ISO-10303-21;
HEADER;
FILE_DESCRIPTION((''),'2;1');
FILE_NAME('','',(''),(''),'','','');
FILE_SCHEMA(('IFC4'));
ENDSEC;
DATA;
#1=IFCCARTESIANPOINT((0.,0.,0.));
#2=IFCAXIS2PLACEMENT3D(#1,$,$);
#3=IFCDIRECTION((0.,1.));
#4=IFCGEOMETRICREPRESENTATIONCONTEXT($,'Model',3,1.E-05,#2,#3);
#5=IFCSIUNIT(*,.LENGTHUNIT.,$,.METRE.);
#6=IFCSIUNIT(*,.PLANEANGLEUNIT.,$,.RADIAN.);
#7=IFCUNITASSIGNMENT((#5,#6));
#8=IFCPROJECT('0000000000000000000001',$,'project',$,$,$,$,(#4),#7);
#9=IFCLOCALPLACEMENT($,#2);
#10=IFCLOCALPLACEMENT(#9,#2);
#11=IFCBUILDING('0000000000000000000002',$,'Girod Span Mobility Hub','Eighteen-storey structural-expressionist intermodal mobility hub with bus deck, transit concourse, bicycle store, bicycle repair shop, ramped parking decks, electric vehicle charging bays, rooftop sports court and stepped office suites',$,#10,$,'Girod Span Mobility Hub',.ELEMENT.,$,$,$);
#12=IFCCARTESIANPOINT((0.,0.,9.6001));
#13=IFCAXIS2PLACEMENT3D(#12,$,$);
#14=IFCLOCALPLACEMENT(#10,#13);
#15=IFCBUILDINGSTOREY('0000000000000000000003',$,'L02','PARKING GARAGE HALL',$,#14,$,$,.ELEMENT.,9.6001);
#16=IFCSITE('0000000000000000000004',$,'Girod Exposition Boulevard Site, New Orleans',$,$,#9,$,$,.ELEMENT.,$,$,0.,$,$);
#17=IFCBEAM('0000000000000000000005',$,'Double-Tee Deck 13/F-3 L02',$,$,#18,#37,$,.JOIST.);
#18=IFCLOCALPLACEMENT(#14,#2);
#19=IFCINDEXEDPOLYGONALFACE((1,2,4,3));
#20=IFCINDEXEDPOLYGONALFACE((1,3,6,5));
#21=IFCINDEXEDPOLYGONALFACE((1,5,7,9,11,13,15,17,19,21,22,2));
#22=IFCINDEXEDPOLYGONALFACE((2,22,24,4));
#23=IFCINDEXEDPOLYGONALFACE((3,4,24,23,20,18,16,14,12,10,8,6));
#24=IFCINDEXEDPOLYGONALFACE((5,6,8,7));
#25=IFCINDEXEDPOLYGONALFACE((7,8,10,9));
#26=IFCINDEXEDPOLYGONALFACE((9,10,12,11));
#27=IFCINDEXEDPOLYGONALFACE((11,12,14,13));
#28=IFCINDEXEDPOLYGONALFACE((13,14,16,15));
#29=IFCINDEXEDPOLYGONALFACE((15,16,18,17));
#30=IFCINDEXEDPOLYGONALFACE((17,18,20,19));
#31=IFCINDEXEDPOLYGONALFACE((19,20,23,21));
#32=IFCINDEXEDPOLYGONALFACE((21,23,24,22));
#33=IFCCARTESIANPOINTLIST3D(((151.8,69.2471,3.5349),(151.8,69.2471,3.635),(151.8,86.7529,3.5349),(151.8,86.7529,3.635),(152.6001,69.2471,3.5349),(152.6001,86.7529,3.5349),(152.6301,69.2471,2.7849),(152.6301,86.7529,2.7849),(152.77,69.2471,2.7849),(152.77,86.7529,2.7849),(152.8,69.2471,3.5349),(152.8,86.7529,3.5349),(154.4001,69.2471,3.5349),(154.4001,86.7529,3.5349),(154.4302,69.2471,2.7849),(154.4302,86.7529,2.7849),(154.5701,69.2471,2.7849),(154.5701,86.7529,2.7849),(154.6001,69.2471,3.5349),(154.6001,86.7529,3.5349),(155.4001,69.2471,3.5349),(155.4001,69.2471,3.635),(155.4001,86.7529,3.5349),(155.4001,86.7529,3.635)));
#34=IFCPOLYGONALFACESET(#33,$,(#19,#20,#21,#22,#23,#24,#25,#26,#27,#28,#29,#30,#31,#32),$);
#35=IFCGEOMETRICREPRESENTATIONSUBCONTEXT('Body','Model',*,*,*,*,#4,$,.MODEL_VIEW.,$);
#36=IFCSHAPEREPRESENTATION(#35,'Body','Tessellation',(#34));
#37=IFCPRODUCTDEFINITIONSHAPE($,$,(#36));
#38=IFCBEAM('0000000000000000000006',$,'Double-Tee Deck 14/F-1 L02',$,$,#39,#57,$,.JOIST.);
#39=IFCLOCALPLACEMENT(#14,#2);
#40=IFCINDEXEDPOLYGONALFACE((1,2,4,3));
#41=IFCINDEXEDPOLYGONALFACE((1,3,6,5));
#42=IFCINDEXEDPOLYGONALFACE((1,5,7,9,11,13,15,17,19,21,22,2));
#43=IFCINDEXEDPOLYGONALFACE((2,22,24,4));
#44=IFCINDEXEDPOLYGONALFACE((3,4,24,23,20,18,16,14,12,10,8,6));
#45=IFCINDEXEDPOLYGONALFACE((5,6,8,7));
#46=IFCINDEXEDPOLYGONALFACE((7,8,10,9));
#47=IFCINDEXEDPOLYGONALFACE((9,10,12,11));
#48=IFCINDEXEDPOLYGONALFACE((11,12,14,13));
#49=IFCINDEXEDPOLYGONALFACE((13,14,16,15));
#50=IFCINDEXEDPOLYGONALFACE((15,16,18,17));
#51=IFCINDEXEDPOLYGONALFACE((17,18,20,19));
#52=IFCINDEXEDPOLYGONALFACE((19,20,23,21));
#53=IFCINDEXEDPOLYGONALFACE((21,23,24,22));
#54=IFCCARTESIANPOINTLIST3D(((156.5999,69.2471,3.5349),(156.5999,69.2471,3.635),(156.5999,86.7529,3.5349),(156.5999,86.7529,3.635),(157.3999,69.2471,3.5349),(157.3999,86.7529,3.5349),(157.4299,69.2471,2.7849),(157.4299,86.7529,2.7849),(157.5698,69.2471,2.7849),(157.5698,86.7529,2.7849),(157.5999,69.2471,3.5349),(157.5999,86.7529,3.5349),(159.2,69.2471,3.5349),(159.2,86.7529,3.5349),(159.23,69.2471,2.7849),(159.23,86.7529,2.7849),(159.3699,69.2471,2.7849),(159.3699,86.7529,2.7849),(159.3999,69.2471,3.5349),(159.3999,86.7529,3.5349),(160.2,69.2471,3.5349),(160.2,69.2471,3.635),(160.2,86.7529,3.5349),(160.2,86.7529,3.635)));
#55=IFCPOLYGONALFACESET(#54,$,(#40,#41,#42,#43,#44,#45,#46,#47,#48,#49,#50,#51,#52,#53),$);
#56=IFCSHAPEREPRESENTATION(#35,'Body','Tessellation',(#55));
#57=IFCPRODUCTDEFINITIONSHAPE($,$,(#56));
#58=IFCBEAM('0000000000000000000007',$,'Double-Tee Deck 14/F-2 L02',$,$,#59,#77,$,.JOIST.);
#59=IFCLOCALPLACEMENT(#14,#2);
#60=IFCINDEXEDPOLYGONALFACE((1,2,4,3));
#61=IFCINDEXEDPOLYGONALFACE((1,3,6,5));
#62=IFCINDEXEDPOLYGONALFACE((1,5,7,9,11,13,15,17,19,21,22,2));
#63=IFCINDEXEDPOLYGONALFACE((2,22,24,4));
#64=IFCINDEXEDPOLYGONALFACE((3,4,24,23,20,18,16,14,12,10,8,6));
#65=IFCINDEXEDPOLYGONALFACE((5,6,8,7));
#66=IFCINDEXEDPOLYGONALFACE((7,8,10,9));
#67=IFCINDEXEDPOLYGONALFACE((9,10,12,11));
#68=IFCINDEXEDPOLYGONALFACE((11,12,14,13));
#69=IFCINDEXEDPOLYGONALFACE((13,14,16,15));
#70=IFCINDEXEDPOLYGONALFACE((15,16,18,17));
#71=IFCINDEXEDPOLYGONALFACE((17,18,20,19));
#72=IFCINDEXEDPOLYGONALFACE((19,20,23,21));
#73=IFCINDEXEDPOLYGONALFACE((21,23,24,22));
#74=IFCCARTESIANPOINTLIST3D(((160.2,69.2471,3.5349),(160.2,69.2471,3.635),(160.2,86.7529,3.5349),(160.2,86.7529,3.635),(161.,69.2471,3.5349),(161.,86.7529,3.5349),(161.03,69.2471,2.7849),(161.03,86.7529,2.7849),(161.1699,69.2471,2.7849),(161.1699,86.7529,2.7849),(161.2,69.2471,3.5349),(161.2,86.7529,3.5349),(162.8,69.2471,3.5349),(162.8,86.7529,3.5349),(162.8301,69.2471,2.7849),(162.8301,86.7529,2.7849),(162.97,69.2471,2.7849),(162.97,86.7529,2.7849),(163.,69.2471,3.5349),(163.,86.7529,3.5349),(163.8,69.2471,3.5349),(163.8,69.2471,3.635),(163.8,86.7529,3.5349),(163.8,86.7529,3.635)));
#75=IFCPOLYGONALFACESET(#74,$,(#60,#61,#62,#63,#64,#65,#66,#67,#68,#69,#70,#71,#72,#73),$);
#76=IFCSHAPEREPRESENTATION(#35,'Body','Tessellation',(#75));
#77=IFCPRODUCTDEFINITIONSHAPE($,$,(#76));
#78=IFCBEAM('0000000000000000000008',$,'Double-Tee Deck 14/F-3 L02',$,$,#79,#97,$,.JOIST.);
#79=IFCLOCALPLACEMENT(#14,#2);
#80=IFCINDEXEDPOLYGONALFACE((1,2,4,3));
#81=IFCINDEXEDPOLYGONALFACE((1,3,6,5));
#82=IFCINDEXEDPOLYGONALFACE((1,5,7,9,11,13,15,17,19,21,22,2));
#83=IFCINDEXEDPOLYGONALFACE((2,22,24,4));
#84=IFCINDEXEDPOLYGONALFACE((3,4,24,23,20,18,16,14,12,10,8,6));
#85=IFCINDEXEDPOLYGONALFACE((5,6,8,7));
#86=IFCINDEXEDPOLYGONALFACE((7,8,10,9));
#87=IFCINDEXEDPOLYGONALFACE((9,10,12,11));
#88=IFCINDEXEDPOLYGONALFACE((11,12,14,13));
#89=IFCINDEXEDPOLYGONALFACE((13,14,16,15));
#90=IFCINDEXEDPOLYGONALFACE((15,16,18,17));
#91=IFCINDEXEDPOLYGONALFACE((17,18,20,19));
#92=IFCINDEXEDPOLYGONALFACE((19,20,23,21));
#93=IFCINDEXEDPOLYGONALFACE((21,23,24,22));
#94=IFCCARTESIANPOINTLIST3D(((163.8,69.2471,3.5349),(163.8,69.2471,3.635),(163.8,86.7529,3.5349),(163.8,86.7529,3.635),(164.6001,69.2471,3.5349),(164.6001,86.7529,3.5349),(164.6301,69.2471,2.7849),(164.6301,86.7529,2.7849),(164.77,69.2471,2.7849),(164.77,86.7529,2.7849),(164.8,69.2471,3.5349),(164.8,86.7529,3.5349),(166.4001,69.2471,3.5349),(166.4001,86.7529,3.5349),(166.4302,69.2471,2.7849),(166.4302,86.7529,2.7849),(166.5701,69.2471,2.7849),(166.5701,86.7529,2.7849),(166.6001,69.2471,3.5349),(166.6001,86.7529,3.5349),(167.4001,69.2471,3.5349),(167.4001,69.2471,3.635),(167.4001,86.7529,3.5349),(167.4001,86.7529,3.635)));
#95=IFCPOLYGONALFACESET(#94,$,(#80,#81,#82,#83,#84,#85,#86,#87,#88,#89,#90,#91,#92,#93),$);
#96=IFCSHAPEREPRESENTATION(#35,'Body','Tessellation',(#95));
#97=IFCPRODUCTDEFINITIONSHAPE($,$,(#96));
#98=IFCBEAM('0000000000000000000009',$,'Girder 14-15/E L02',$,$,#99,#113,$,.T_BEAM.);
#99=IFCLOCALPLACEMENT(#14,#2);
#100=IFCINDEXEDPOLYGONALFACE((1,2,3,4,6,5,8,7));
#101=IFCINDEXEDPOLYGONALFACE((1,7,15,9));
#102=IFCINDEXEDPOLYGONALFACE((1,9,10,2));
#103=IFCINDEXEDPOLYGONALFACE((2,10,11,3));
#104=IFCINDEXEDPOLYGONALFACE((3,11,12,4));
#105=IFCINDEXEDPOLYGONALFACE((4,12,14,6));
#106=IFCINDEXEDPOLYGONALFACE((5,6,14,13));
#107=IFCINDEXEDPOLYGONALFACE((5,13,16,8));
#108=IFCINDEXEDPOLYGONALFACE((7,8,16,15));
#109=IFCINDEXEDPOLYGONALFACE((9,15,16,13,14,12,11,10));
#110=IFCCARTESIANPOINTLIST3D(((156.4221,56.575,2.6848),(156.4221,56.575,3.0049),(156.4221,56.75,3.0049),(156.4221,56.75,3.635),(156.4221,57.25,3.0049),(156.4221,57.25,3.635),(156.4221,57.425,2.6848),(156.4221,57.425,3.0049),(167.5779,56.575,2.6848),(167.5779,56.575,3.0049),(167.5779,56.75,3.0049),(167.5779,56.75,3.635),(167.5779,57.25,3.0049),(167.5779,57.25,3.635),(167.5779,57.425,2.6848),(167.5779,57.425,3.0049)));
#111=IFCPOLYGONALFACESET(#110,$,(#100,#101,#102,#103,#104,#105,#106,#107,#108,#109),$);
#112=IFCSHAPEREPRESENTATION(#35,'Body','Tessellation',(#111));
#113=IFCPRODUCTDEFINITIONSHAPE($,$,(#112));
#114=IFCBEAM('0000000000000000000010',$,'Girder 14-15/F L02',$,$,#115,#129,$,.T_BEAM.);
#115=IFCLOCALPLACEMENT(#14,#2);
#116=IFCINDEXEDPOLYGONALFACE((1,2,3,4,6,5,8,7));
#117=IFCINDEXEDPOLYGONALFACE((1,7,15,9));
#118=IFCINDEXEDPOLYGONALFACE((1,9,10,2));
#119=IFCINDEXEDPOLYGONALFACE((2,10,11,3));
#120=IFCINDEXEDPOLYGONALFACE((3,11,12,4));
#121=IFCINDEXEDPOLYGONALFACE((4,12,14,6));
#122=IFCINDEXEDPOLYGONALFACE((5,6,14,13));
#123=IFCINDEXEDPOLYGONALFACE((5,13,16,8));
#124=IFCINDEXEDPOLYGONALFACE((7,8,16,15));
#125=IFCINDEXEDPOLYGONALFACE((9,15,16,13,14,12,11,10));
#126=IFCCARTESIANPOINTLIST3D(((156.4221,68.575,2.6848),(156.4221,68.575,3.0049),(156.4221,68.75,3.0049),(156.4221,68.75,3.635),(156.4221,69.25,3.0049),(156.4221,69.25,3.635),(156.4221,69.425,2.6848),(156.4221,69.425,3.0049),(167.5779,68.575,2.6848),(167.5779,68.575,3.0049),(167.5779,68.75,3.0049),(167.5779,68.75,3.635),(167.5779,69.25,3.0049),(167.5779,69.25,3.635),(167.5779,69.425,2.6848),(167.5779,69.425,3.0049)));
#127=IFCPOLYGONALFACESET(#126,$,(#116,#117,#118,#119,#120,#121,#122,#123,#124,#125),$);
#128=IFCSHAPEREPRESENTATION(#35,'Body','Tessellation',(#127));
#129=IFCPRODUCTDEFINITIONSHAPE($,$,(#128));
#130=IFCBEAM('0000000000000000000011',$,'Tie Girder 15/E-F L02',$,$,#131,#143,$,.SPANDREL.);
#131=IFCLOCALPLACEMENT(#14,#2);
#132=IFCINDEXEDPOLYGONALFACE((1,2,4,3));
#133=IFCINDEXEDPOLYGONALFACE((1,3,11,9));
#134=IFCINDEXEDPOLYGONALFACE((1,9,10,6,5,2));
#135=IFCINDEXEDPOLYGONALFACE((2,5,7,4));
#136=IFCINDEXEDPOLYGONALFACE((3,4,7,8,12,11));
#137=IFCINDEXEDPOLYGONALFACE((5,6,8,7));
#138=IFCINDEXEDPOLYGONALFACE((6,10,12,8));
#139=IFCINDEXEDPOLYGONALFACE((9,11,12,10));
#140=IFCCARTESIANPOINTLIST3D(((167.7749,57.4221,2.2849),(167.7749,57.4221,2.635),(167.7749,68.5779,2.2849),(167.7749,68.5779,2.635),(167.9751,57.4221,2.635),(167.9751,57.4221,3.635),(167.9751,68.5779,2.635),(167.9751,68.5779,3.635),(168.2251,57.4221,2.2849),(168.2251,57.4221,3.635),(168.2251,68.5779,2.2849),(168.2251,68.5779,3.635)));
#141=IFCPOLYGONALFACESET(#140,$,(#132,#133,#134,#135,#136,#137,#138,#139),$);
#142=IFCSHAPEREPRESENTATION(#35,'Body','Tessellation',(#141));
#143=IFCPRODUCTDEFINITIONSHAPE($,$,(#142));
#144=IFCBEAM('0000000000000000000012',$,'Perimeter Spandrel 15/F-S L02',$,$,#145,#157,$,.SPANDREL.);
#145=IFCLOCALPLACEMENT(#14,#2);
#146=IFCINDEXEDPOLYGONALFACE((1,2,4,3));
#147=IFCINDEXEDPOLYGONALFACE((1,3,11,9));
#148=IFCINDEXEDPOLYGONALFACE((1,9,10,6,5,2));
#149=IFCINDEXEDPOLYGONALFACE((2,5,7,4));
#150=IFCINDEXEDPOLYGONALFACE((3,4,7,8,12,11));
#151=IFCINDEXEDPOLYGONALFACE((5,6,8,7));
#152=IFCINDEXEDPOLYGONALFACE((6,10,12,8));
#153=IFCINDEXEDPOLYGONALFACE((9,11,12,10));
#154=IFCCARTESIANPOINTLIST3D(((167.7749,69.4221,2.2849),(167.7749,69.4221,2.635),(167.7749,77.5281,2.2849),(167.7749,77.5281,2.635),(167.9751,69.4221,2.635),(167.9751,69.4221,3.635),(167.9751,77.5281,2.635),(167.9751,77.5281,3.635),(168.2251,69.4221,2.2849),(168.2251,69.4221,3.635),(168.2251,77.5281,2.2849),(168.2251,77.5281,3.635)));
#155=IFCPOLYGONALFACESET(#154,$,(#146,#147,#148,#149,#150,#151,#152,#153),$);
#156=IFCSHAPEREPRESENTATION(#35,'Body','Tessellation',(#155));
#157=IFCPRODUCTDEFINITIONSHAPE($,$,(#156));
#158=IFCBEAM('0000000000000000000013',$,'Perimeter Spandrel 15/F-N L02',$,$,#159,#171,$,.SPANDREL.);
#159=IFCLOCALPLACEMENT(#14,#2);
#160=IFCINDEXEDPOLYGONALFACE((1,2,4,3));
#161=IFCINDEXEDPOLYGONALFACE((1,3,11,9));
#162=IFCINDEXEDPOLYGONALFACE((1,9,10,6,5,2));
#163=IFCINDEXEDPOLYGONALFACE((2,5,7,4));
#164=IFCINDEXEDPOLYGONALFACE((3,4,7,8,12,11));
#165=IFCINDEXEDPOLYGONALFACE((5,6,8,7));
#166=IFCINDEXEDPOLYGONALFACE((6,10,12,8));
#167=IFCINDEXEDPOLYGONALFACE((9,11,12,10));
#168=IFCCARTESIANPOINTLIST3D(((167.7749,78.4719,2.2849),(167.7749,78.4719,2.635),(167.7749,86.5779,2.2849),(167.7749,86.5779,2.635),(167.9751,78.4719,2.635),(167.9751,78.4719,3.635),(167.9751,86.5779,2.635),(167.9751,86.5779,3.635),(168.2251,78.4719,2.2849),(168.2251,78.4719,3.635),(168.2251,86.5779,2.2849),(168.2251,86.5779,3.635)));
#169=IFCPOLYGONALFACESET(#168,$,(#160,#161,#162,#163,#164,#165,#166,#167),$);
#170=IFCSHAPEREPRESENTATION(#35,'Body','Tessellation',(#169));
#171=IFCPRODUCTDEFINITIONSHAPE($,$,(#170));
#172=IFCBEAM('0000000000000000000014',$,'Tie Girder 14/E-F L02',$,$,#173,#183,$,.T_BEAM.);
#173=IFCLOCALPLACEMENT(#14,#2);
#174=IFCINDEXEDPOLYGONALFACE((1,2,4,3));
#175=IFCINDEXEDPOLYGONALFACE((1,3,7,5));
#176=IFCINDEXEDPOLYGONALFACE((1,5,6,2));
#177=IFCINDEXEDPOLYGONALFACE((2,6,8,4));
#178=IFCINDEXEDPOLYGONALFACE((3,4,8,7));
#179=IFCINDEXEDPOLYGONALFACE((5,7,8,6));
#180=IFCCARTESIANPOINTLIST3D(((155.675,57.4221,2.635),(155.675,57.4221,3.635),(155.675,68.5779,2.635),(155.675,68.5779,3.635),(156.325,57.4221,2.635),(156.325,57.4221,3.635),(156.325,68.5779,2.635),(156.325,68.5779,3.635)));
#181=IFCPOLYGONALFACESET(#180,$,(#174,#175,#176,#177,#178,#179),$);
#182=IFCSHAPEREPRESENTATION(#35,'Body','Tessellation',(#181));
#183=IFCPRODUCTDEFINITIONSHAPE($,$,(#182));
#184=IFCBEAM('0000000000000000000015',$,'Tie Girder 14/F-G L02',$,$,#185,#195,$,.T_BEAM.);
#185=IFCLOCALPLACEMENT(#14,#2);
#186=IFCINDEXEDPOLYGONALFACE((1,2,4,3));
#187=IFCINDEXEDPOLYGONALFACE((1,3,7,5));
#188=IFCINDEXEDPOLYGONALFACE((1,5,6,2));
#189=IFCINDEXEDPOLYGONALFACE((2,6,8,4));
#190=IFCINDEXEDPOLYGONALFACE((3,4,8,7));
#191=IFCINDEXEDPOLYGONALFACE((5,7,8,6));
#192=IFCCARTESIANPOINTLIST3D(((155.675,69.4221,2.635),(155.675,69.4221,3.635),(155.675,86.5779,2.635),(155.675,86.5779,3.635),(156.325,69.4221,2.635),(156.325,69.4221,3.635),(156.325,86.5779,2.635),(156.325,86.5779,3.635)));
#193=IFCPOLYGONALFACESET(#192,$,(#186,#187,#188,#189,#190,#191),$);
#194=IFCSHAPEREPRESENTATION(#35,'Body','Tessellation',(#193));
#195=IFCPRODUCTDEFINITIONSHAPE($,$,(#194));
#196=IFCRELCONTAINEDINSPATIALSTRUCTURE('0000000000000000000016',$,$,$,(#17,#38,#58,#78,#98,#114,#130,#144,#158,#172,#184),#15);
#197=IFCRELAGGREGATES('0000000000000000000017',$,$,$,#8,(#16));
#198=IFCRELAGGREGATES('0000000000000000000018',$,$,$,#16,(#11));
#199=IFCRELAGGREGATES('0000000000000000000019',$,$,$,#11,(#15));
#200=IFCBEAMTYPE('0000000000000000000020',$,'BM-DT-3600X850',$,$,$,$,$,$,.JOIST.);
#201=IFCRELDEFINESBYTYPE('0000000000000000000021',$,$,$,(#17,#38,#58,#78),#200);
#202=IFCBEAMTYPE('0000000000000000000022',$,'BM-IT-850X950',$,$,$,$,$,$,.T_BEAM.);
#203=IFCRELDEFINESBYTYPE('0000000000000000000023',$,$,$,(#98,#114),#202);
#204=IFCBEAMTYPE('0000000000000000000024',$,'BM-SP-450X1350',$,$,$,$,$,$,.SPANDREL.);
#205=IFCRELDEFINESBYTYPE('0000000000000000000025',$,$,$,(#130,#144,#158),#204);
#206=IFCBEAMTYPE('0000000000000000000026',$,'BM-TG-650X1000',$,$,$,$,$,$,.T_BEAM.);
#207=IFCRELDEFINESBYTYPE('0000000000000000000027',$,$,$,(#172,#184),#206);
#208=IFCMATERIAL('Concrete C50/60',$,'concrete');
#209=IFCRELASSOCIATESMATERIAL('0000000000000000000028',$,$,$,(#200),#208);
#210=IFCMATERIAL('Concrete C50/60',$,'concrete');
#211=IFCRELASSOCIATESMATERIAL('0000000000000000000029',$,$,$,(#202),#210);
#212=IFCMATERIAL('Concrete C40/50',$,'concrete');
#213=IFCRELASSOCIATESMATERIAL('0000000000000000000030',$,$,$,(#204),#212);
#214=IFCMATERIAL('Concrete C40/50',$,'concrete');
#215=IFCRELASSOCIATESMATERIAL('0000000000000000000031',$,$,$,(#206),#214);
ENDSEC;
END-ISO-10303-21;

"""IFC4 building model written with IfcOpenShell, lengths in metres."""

from ifc_helpers import new_model, si_unit, direction, frame, origin, origin_2d, place, context, subcontext, project, spatial, polyline, rectangle, outline, extrude, material, material_profile, profile_set, type_object, element, save


model = new_model("IFC4")

# Units and contexts
model_context = context("Model", 3, precision=1e-05, world=origin(), true_north=direction((0.0, 1.0)))
body_context = subcontext(model_context, "Body", "Model", "MODEL_VIEW")
ifc_project = project(units=[si_unit("LENGTHUNIT", "METRE"), si_unit("PLANEANGLEUNIT", "RADIAN")], contexts=[model_context])

# Site, building, storey
site_placement = place(None, origin())
site = spatial("IfcSite", under=ifc_project, at=site_placement, Name="Girod Exposition Boulevard Site, New Orleans", CompositionType="ELEMENT", RefElevation=0.0)
building_placement = place(site_placement, origin())
building = spatial("IfcBuilding", under=site, at=building_placement, Name="Girod Span Mobility Hub", Description="Eighteen-storey structural-expressionist intermodal mobility hub with bus deck, transit concourse, bicycle store, bicycle repair shop, ramped parking decks, electric vehicle charging bays, rooftop sports court and stepped office suites", LongName="Girod Span Mobility Hub", CompositionType="ELEMENT")
storey_placement = place(building_placement, frame((0.0, 0.0, 9.6001)))
storey = spatial("IfcBuildingStorey", under=building, at=storey_placement, Name="L02", Description="PARKING GARAGE HALL", CompositionType="ELEMENT", Elevation=9.6001)

# Beams
ifc_material_1 = material(Name="Concrete C50/60", Category="concrete")
ifc_material_profile_1 = material_profile(ifc_material_1, outline(polyline([(-1.8, 0.425), (-1.8, 0.325), (-1.0, 0.325), (-0.97, -0.425), (-0.8301, -0.425), (-0.8, 0.325), (0.8, 0.325), (0.8301, -0.425), (0.97, -0.425), (1.0, 0.325), (1.8, 0.325), (1.8, 0.425), (-1.8, 0.425)])), Name="DT-3600X850")
ifc_profile_set_1 = profile_set([ifc_material_profile_1], Name="Concrete C50/60")
beam_type_1 = type_object("IfcBeamType", Name="BM-DT-3600X850", PredefinedType="JOIST", material=ifc_profile_set_1)
for number, where, z_axis, x_axis, name in (
    (1, (153.6001, 69.2471, 3.21), (0.0, 1.0, 0.0), (-1.0, 0.0, 0.0), "Double-Tee Deck 13/F-3 L02"),
    (2, (158.3999, 69.2471, 3.21), (0.0, 1.0, 0.0), (-1.0, 0.0, 0.0), "Double-Tee Deck 14/F-1 L02"),
    (3, (162.0, 69.2471, 3.21), (0.0, 1.0, 0.0), (-1.0, 0.0, 0.0), "Double-Tee Deck 14/F-2 L02"),
    (4, (165.6001, 69.2471, 3.21), (0.0, 1.0, 0.0), (-1.0, 0.0, 0.0), "Double-Tee Deck 14/F-3 L02"),
):
    element("IfcBeam", number, at=place(storey_placement, frame(where, z_axis=z_axis, x_axis=x_axis)), inside=storey, type_object=beam_type_1, Name=name, PredefinedType="JOIST", context=body_context, shape_type="SweptSolid", body=[
        extrude(outline(polyline([(-1.8, 0.425), (-1.8, 0.325), (-1.0, 0.325), (-0.97, -0.425), (-0.8301, -0.425), (-0.8, 0.325), (0.8, 0.325), (0.8301, -0.425), (0.97, -0.425), (1.0, 0.325), (1.8, 0.325), (1.8, 0.425), (-1.8, 0.425)])), origin(), (0.0, 0.0, 1.0), 17.5059),
    ])
ifc_material_2 = material(Name="Concrete C50/60", Category="concrete")
ifc_material_profile_2 = material_profile(ifc_material_2, outline(polyline([(-0.425, -0.4751), (0.425, -0.4751), (0.425, -0.155), (0.25, -0.155), (0.25, 0.4751), (-0.25, 0.4751), (-0.25, -0.155), (-0.425, -0.155), (-0.425, -0.4751)])), Name="IT-850X950")
ifc_profile_set_2 = profile_set([ifc_material_profile_2], Name="Concrete C50/60")
beam_type_2 = type_object("IfcBeamType", Name="BM-IT-850X950", PredefinedType="T_BEAM", material=ifc_profile_set_2)
for number, where, z_axis, x_axis, name in (
    (5, (156.4221, 57.0, 3.1599), (1.0, 0.0, 0.0), (0.0, 1.0, 0.0), "Girder 14-15/E L02"),
    (6, (156.4221, 69.0, 3.1599), (1.0, 0.0, 0.0), (0.0, 1.0, 0.0), "Girder 14-15/F L02"),
):
    element("IfcBeam", number, at=place(storey_placement, frame(where, z_axis=z_axis, x_axis=x_axis)), inside=storey, type_object=beam_type_2, Name=name, PredefinedType="T_BEAM", context=body_context, shape_type="SweptSolid", body=[
        extrude(outline(polyline([(-0.425, -0.4751), (0.425, -0.4751), (0.425, -0.155), (0.25, -0.155), (0.25, 0.4751), (-0.25, 0.4751), (-0.25, -0.155), (-0.425, -0.155), (-0.425, -0.4751)])), origin(), (0.0, 0.0, 1.0), 11.1558),
    ])
ifc_material_3 = material(Name="Concrete C40/50", Category="concrete")
ifc_material_profile_3 = material_profile(ifc_material_3, outline(polyline([(-0.2251, -0.675), (0.2251, -0.675), (0.2251, -0.325), (0.0249, -0.325), (0.0249, 0.675), (-0.2251, 0.675), (-0.2251, -0.675)])), Name="SP-450X1350")
ifc_profile_set_3 = profile_set([ifc_material_profile_3], Name="Concrete C40/50")
beam_type_3 = type_object("IfcBeamType", Name="BM-SP-450X1350", PredefinedType="SPANDREL", material=ifc_profile_set_3)
beam_1_placement = place(storey_placement, frame((168.0, 57.4221, 2.96), z_axis=(0.0, 1.0, 0.0), x_axis=(-1.0, 0.0, 0.0)))
element("IfcBeam", 7, at=beam_1_placement, inside=storey, type_object=beam_type_3, Name="Tie Girder 15/E-F L02", PredefinedType="SPANDREL", context=body_context, shape_type="SweptSolid", body=[
    extrude(outline(polyline([(-0.2251, -0.675), (0.2251, -0.675), (0.2251, -0.325), (0.0249, -0.325), (0.0249, 0.675), (-0.2251, 0.675), (-0.2251, -0.675)])), origin(), (0.0, 0.0, 1.0), 11.1558),
])
for number, where, z_axis, x_axis, name in (
    (8, (168.0, 69.4221, 2.96), (0.0, 1.0, 0.0), (-1.0, 0.0, 0.0), "Perimeter Spandrel 15/F-S L02"),
    (9, (168.0, 78.4719, 2.96), (0.0, 1.0, 0.0), (-1.0, 0.0, 0.0), "Perimeter Spandrel 15/F-N L02"),
):
    element("IfcBeam", number, at=place(storey_placement, frame(where, z_axis=z_axis, x_axis=x_axis)), inside=storey, type_object=beam_type_3, Name=name, PredefinedType="SPANDREL", context=body_context, shape_type="SweptSolid", body=[
        extrude(outline(polyline([(-0.2251, -0.675), (0.2251, -0.675), (0.2251, -0.325), (0.0249, -0.325), (0.0249, 0.675), (-0.2251, 0.675), (-0.2251, -0.675)])), origin(), (0.0, 0.0, 1.0), 8.106),
    ])
ifc_material_4 = material(Name="Concrete C40/50", Category="concrete")
ifc_material_profile_4 = material_profile(ifc_material_4, rectangle(XDim=0.6499, YDim=1.0, at=origin_2d()), Name="TG-650X1000")
ifc_profile_set_4 = profile_set([ifc_material_profile_4], Name="Concrete C40/50")
beam_type_4 = type_object("IfcBeamType", Name="BM-TG-650X1000", PredefinedType="T_BEAM", material=ifc_profile_set_4)
beam_2_placement = place(storey_placement, frame((156.0, 57.4221, 3.135), z_axis=(0.0, 1.0, 0.0), x_axis=(-1.0, 0.0, 0.0)))
element("IfcBeam", 10, at=beam_2_placement, inside=storey, type_object=beam_type_4, Name="Tie Girder 14/E-F L02", PredefinedType="T_BEAM", context=body_context, shape_type="SweptSolid", body=[
    extrude(rectangle(XDim=0.6499, YDim=1.0, at=origin_2d()), origin(), (0.0, 0.0, 1.0), 11.1558),
])
beam_3_placement = place(storey_placement, frame((156.0, 69.4221, 3.135), z_axis=(0.0, 1.0, 0.0), x_axis=(-1.0, 0.0, 0.0)))
element("IfcBeam", 11, at=beam_3_placement, inside=storey, type_object=beam_type_4, Name="Tie Girder 14/F-G L02", PredefinedType="T_BEAM", context=body_context, shape_type="SweptSolid", body=[
    extrude(rectangle(XDim=0.6499, YDim=1.0, at=origin_2d()), origin(), (0.0, 0.0, 1.0), 17.1558),
])

save(model, "model.ifc")
